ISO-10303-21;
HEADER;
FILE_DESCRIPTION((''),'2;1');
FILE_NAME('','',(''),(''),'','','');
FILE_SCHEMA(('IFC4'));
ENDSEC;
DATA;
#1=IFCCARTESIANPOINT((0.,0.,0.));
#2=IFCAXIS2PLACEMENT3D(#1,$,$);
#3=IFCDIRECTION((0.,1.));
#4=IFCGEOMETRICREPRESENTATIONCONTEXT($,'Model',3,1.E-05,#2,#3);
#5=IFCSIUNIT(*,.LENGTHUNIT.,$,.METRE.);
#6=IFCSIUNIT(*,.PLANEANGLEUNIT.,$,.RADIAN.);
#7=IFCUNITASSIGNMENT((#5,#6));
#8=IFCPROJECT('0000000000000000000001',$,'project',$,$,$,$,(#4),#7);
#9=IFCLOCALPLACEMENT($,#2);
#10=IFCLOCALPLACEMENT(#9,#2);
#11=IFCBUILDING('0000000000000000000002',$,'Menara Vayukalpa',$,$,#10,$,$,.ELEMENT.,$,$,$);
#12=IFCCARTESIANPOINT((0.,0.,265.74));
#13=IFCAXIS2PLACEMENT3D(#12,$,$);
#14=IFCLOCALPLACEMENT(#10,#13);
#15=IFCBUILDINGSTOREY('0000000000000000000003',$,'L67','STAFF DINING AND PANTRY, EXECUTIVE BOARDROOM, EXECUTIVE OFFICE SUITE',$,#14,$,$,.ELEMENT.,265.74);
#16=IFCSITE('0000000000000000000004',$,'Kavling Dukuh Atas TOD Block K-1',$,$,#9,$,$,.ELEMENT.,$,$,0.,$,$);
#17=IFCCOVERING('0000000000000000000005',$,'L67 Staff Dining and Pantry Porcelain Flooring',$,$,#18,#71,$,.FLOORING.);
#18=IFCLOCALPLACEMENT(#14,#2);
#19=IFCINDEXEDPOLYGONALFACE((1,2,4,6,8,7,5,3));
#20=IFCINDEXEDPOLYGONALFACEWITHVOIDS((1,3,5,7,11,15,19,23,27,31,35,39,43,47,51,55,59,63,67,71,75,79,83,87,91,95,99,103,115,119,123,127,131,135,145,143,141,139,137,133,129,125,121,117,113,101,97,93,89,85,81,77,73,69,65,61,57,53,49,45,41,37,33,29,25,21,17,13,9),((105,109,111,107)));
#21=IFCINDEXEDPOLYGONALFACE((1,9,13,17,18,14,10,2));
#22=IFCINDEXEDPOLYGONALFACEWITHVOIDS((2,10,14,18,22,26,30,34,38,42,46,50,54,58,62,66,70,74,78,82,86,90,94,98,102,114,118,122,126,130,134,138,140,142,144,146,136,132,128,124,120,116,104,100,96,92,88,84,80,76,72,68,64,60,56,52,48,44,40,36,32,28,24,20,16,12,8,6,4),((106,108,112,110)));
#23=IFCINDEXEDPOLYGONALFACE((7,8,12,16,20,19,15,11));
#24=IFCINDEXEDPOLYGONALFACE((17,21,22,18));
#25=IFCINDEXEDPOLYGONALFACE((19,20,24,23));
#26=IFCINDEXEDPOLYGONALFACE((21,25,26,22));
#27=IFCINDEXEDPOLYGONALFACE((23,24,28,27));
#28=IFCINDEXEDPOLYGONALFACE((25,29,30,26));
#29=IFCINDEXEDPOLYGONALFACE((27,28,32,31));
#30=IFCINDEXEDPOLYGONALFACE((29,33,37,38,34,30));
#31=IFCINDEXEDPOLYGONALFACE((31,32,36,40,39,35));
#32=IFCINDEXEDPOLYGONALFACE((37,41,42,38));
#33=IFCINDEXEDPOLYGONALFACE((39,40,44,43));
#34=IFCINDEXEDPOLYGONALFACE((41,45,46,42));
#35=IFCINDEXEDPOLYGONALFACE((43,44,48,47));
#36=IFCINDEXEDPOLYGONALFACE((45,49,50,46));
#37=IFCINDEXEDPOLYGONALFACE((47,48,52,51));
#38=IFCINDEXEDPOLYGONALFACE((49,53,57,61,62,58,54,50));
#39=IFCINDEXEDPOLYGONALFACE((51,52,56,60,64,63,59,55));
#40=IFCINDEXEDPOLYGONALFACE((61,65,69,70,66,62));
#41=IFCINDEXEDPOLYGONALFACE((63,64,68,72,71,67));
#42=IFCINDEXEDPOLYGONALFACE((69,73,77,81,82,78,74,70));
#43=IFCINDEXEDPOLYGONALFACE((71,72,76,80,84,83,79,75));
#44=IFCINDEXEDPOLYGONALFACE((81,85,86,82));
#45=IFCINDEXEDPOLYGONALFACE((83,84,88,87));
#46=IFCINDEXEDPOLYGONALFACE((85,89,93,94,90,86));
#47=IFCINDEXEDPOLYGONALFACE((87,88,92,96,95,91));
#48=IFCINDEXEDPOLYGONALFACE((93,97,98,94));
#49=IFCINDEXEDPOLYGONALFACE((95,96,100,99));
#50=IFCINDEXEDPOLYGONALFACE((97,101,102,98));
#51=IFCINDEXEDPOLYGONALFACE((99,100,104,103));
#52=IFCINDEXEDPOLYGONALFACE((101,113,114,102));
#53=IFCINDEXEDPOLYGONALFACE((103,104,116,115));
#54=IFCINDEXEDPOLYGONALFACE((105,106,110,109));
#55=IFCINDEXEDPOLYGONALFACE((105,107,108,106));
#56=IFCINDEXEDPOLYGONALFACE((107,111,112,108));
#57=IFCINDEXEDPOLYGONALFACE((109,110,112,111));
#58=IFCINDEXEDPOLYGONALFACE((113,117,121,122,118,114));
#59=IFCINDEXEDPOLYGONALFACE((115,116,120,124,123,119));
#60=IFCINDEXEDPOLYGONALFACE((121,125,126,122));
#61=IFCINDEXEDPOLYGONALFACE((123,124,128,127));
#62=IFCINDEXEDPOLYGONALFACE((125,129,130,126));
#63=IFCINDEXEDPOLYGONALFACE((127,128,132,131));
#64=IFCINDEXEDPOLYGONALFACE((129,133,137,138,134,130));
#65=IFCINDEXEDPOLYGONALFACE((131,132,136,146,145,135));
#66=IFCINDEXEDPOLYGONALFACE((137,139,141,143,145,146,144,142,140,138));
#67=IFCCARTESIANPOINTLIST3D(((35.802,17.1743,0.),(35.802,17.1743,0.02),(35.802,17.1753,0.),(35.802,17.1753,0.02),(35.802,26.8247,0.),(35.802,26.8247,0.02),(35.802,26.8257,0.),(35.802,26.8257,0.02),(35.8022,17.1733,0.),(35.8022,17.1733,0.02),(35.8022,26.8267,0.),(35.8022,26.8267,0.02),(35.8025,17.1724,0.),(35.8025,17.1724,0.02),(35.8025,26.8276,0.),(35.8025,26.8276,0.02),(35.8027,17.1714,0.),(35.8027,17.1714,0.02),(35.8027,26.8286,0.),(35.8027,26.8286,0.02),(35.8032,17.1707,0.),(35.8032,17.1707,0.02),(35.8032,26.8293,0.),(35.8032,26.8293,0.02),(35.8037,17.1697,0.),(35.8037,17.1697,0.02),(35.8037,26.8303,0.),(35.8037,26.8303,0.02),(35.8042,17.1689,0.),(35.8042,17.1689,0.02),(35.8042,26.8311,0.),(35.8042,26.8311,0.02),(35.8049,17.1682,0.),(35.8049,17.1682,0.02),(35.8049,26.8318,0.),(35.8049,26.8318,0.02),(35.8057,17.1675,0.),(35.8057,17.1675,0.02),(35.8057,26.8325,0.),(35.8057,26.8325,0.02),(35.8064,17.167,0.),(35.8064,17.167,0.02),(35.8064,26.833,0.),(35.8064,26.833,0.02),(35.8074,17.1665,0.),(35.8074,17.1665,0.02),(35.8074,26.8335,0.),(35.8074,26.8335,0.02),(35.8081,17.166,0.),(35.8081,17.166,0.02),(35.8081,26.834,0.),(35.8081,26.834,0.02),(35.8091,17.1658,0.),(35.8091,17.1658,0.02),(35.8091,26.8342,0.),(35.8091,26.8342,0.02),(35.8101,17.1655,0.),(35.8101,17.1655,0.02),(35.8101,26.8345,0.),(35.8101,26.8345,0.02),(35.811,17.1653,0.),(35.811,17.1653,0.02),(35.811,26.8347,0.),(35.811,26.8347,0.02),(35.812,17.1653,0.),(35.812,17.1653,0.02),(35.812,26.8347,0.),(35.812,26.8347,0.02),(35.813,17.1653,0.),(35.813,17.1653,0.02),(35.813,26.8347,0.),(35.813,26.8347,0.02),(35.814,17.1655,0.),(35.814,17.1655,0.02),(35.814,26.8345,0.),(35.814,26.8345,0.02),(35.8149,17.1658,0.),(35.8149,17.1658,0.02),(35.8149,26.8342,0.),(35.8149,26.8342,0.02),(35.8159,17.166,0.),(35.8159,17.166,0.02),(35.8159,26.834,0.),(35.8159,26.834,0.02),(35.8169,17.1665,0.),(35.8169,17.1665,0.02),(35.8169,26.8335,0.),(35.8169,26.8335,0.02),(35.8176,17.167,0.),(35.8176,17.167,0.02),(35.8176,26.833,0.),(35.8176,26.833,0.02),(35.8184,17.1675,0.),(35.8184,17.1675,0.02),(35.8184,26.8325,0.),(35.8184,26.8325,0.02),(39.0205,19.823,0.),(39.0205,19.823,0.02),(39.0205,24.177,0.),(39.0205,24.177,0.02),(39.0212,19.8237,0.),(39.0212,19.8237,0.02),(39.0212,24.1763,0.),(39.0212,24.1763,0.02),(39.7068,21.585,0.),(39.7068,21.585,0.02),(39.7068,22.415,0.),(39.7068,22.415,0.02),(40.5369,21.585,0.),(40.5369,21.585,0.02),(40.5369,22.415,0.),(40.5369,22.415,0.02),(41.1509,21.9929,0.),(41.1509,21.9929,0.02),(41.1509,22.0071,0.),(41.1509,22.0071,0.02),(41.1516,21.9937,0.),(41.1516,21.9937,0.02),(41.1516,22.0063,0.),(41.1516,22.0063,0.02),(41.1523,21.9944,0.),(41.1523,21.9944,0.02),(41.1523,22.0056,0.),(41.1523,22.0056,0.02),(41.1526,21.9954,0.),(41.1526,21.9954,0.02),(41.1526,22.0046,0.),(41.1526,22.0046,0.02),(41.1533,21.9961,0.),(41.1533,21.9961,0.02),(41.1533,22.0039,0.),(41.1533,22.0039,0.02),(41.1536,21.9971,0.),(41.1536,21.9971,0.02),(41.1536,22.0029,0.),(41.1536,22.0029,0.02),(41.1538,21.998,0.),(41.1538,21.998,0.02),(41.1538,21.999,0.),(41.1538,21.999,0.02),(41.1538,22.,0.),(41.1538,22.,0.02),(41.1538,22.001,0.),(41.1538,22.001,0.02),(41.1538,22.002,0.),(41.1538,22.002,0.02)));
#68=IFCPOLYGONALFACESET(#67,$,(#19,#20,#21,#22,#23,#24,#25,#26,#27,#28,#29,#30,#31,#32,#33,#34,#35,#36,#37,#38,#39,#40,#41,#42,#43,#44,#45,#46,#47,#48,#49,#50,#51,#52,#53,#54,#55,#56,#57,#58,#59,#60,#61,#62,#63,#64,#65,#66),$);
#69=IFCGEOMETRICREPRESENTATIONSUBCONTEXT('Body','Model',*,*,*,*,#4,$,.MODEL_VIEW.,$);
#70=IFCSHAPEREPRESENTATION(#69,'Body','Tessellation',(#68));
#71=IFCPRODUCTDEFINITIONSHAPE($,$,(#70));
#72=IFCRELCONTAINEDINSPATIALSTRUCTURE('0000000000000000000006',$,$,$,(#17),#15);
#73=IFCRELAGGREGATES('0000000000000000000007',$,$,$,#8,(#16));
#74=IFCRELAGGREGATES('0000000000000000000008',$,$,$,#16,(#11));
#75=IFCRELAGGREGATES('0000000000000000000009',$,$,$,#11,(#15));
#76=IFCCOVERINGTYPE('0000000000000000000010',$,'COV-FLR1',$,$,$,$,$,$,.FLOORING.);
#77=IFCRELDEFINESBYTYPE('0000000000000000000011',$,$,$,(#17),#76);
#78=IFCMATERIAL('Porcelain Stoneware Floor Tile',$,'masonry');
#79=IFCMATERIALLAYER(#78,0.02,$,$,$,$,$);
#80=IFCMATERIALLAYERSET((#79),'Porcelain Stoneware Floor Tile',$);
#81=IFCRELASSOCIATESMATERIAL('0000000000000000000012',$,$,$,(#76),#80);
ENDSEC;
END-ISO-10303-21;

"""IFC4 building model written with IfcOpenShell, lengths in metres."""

from ifc_helpers import new_model, si_unit, direction, frame, origin, place, context, subcontext, project, spatial, polyline, outline, extrude, material, layer, layer_set, type_object, element, save


model = new_model("IFC4")

# Units and contexts
model_context = context("Model", 3, precision=1e-05, world=origin(), true_north=direction((0.0, 1.0)))
body_context = subcontext(model_context, "Body", "Model", "MODEL_VIEW")
ifc_project = project(units=[si_unit("LENGTHUNIT", "METRE"), si_unit("PLANEANGLEUNIT", "RADIAN")], contexts=[model_context])

# Site, building, storey
site_placement = place(None, origin())
site = spatial("IfcSite", under=ifc_project, at=site_placement, Name="Kavling Dukuh Atas TOD Block K-1", CompositionType="ELEMENT", RefElevation=0.0)
building_placement = place(site_placement, origin())
building = spatial("IfcBuilding", under=site, at=building_placement, Name="Menara Vayukalpa", CompositionType="ELEMENT")
storey_placement = place(building_placement, frame((0.0, 0.0, 265.74)))
storey = spatial("IfcBuildingStorey", under=building, at=storey_placement, Name="L67", Description="STAFF DINING AND PANTRY, EXECUTIVE BOARDROOM, EXECUTIVE OFFICE SUITE", CompositionType="ELEMENT", Elevation=265.74)

# Covering
ifc_material_1 = material(Name="Porcelain Stoneware Floor Tile", Category="masonry")
ifc_layer_1 = layer(ifc_material_1, 0.02)
ifc_layer_set_1 = layer_set([ifc_layer_1], Name="Porcelain Stoneware Floor Tile")
covering_type_1 = type_object("IfcCoveringType", Name="COV-FLR1", PredefinedType="FLOORING", material=ifc_layer_set_1)
covering_1_placement = place(storey_placement, origin())
element("IfcCovering", 1, at=covering_1_placement, inside=storey, type_object=covering_type_1, Name="L67 Staff Dining and Pantry Porcelain Flooring", PredefinedType="FLOORING", context=body_context, shape_type="SweptSolid", body=[
    extrude(outline(polyline([(41.1509, 22.0071), (41.1516, 22.0063), (41.1523, 22.0056), (41.1526, 22.0046), (41.1533, 22.0039), (41.1536, 22.0029), (41.1538, 22.002), (41.1538, 22.001), (41.1538, 22.0), (41.1538, 21.999), (41.1538, 21.998), (41.1536, 21.9971), (41.1533, 21.9961), (41.1526, 21.9954), (41.1523, 21.9944), (41.1516, 21.9937), (41.1509, 21.9929), (39.0212, 19.8237), (39.0205, 19.823), (35.8184, 17.1675), (35.8176, 17.167), (35.8169, 17.1665), (35.8159, 17.166), (35.8149, 17.1658), (35.814, 17.1655), (35.813, 17.1653), (35.812, 17.1653), (35.811, 17.1653), (35.8101, 17.1655), (35.8091, 17.1658), (35.8081, 17.166), (35.8074, 17.1665), (35.8064, 17.167), (35.8057, 17.1675), (35.8049, 17.1682), (35.8042, 17.1689), (35.8037, 17.1697), (35.8032, 17.1707), (35.8027, 17.1714), (35.8025, 17.1724), (35.8022, 17.1733), (35.802, 17.1743), (35.802, 17.1753), (35.802, 26.8247), (35.802, 26.8257), (35.8022, 26.8267), (35.8025, 26.8276), (35.8027, 26.8286), (35.8032, 26.8293), (35.8037, 26.8303), (35.8042, 26.8311), (35.8049, 26.8318), (35.8057, 26.8325), (35.8064, 26.833), (35.8074, 26.8335), (35.8081, 26.834), (35.8091, 26.8342), (35.8101, 26.8345), (35.811, 26.8347), (35.812, 26.8347), (35.813, 26.8347), (35.814, 26.8345), (35.8149, 26.8342), (35.8159, 26.834), (35.8169, 26.8335), (35.8176, 26.833), (35.8184, 26.8325), (39.0205, 24.177), (39.0212, 24.1763), (41.1509, 22.0071)]), holes=[polyline([(40.5369, 22.415), (39.7068, 22.415), (39.7068, 21.585), (40.5369, 21.585), (40.5369, 22.415)])]), origin(), (0.0, 0.0, 1.0), 0.02),
])

save(model, "model.ifc")
